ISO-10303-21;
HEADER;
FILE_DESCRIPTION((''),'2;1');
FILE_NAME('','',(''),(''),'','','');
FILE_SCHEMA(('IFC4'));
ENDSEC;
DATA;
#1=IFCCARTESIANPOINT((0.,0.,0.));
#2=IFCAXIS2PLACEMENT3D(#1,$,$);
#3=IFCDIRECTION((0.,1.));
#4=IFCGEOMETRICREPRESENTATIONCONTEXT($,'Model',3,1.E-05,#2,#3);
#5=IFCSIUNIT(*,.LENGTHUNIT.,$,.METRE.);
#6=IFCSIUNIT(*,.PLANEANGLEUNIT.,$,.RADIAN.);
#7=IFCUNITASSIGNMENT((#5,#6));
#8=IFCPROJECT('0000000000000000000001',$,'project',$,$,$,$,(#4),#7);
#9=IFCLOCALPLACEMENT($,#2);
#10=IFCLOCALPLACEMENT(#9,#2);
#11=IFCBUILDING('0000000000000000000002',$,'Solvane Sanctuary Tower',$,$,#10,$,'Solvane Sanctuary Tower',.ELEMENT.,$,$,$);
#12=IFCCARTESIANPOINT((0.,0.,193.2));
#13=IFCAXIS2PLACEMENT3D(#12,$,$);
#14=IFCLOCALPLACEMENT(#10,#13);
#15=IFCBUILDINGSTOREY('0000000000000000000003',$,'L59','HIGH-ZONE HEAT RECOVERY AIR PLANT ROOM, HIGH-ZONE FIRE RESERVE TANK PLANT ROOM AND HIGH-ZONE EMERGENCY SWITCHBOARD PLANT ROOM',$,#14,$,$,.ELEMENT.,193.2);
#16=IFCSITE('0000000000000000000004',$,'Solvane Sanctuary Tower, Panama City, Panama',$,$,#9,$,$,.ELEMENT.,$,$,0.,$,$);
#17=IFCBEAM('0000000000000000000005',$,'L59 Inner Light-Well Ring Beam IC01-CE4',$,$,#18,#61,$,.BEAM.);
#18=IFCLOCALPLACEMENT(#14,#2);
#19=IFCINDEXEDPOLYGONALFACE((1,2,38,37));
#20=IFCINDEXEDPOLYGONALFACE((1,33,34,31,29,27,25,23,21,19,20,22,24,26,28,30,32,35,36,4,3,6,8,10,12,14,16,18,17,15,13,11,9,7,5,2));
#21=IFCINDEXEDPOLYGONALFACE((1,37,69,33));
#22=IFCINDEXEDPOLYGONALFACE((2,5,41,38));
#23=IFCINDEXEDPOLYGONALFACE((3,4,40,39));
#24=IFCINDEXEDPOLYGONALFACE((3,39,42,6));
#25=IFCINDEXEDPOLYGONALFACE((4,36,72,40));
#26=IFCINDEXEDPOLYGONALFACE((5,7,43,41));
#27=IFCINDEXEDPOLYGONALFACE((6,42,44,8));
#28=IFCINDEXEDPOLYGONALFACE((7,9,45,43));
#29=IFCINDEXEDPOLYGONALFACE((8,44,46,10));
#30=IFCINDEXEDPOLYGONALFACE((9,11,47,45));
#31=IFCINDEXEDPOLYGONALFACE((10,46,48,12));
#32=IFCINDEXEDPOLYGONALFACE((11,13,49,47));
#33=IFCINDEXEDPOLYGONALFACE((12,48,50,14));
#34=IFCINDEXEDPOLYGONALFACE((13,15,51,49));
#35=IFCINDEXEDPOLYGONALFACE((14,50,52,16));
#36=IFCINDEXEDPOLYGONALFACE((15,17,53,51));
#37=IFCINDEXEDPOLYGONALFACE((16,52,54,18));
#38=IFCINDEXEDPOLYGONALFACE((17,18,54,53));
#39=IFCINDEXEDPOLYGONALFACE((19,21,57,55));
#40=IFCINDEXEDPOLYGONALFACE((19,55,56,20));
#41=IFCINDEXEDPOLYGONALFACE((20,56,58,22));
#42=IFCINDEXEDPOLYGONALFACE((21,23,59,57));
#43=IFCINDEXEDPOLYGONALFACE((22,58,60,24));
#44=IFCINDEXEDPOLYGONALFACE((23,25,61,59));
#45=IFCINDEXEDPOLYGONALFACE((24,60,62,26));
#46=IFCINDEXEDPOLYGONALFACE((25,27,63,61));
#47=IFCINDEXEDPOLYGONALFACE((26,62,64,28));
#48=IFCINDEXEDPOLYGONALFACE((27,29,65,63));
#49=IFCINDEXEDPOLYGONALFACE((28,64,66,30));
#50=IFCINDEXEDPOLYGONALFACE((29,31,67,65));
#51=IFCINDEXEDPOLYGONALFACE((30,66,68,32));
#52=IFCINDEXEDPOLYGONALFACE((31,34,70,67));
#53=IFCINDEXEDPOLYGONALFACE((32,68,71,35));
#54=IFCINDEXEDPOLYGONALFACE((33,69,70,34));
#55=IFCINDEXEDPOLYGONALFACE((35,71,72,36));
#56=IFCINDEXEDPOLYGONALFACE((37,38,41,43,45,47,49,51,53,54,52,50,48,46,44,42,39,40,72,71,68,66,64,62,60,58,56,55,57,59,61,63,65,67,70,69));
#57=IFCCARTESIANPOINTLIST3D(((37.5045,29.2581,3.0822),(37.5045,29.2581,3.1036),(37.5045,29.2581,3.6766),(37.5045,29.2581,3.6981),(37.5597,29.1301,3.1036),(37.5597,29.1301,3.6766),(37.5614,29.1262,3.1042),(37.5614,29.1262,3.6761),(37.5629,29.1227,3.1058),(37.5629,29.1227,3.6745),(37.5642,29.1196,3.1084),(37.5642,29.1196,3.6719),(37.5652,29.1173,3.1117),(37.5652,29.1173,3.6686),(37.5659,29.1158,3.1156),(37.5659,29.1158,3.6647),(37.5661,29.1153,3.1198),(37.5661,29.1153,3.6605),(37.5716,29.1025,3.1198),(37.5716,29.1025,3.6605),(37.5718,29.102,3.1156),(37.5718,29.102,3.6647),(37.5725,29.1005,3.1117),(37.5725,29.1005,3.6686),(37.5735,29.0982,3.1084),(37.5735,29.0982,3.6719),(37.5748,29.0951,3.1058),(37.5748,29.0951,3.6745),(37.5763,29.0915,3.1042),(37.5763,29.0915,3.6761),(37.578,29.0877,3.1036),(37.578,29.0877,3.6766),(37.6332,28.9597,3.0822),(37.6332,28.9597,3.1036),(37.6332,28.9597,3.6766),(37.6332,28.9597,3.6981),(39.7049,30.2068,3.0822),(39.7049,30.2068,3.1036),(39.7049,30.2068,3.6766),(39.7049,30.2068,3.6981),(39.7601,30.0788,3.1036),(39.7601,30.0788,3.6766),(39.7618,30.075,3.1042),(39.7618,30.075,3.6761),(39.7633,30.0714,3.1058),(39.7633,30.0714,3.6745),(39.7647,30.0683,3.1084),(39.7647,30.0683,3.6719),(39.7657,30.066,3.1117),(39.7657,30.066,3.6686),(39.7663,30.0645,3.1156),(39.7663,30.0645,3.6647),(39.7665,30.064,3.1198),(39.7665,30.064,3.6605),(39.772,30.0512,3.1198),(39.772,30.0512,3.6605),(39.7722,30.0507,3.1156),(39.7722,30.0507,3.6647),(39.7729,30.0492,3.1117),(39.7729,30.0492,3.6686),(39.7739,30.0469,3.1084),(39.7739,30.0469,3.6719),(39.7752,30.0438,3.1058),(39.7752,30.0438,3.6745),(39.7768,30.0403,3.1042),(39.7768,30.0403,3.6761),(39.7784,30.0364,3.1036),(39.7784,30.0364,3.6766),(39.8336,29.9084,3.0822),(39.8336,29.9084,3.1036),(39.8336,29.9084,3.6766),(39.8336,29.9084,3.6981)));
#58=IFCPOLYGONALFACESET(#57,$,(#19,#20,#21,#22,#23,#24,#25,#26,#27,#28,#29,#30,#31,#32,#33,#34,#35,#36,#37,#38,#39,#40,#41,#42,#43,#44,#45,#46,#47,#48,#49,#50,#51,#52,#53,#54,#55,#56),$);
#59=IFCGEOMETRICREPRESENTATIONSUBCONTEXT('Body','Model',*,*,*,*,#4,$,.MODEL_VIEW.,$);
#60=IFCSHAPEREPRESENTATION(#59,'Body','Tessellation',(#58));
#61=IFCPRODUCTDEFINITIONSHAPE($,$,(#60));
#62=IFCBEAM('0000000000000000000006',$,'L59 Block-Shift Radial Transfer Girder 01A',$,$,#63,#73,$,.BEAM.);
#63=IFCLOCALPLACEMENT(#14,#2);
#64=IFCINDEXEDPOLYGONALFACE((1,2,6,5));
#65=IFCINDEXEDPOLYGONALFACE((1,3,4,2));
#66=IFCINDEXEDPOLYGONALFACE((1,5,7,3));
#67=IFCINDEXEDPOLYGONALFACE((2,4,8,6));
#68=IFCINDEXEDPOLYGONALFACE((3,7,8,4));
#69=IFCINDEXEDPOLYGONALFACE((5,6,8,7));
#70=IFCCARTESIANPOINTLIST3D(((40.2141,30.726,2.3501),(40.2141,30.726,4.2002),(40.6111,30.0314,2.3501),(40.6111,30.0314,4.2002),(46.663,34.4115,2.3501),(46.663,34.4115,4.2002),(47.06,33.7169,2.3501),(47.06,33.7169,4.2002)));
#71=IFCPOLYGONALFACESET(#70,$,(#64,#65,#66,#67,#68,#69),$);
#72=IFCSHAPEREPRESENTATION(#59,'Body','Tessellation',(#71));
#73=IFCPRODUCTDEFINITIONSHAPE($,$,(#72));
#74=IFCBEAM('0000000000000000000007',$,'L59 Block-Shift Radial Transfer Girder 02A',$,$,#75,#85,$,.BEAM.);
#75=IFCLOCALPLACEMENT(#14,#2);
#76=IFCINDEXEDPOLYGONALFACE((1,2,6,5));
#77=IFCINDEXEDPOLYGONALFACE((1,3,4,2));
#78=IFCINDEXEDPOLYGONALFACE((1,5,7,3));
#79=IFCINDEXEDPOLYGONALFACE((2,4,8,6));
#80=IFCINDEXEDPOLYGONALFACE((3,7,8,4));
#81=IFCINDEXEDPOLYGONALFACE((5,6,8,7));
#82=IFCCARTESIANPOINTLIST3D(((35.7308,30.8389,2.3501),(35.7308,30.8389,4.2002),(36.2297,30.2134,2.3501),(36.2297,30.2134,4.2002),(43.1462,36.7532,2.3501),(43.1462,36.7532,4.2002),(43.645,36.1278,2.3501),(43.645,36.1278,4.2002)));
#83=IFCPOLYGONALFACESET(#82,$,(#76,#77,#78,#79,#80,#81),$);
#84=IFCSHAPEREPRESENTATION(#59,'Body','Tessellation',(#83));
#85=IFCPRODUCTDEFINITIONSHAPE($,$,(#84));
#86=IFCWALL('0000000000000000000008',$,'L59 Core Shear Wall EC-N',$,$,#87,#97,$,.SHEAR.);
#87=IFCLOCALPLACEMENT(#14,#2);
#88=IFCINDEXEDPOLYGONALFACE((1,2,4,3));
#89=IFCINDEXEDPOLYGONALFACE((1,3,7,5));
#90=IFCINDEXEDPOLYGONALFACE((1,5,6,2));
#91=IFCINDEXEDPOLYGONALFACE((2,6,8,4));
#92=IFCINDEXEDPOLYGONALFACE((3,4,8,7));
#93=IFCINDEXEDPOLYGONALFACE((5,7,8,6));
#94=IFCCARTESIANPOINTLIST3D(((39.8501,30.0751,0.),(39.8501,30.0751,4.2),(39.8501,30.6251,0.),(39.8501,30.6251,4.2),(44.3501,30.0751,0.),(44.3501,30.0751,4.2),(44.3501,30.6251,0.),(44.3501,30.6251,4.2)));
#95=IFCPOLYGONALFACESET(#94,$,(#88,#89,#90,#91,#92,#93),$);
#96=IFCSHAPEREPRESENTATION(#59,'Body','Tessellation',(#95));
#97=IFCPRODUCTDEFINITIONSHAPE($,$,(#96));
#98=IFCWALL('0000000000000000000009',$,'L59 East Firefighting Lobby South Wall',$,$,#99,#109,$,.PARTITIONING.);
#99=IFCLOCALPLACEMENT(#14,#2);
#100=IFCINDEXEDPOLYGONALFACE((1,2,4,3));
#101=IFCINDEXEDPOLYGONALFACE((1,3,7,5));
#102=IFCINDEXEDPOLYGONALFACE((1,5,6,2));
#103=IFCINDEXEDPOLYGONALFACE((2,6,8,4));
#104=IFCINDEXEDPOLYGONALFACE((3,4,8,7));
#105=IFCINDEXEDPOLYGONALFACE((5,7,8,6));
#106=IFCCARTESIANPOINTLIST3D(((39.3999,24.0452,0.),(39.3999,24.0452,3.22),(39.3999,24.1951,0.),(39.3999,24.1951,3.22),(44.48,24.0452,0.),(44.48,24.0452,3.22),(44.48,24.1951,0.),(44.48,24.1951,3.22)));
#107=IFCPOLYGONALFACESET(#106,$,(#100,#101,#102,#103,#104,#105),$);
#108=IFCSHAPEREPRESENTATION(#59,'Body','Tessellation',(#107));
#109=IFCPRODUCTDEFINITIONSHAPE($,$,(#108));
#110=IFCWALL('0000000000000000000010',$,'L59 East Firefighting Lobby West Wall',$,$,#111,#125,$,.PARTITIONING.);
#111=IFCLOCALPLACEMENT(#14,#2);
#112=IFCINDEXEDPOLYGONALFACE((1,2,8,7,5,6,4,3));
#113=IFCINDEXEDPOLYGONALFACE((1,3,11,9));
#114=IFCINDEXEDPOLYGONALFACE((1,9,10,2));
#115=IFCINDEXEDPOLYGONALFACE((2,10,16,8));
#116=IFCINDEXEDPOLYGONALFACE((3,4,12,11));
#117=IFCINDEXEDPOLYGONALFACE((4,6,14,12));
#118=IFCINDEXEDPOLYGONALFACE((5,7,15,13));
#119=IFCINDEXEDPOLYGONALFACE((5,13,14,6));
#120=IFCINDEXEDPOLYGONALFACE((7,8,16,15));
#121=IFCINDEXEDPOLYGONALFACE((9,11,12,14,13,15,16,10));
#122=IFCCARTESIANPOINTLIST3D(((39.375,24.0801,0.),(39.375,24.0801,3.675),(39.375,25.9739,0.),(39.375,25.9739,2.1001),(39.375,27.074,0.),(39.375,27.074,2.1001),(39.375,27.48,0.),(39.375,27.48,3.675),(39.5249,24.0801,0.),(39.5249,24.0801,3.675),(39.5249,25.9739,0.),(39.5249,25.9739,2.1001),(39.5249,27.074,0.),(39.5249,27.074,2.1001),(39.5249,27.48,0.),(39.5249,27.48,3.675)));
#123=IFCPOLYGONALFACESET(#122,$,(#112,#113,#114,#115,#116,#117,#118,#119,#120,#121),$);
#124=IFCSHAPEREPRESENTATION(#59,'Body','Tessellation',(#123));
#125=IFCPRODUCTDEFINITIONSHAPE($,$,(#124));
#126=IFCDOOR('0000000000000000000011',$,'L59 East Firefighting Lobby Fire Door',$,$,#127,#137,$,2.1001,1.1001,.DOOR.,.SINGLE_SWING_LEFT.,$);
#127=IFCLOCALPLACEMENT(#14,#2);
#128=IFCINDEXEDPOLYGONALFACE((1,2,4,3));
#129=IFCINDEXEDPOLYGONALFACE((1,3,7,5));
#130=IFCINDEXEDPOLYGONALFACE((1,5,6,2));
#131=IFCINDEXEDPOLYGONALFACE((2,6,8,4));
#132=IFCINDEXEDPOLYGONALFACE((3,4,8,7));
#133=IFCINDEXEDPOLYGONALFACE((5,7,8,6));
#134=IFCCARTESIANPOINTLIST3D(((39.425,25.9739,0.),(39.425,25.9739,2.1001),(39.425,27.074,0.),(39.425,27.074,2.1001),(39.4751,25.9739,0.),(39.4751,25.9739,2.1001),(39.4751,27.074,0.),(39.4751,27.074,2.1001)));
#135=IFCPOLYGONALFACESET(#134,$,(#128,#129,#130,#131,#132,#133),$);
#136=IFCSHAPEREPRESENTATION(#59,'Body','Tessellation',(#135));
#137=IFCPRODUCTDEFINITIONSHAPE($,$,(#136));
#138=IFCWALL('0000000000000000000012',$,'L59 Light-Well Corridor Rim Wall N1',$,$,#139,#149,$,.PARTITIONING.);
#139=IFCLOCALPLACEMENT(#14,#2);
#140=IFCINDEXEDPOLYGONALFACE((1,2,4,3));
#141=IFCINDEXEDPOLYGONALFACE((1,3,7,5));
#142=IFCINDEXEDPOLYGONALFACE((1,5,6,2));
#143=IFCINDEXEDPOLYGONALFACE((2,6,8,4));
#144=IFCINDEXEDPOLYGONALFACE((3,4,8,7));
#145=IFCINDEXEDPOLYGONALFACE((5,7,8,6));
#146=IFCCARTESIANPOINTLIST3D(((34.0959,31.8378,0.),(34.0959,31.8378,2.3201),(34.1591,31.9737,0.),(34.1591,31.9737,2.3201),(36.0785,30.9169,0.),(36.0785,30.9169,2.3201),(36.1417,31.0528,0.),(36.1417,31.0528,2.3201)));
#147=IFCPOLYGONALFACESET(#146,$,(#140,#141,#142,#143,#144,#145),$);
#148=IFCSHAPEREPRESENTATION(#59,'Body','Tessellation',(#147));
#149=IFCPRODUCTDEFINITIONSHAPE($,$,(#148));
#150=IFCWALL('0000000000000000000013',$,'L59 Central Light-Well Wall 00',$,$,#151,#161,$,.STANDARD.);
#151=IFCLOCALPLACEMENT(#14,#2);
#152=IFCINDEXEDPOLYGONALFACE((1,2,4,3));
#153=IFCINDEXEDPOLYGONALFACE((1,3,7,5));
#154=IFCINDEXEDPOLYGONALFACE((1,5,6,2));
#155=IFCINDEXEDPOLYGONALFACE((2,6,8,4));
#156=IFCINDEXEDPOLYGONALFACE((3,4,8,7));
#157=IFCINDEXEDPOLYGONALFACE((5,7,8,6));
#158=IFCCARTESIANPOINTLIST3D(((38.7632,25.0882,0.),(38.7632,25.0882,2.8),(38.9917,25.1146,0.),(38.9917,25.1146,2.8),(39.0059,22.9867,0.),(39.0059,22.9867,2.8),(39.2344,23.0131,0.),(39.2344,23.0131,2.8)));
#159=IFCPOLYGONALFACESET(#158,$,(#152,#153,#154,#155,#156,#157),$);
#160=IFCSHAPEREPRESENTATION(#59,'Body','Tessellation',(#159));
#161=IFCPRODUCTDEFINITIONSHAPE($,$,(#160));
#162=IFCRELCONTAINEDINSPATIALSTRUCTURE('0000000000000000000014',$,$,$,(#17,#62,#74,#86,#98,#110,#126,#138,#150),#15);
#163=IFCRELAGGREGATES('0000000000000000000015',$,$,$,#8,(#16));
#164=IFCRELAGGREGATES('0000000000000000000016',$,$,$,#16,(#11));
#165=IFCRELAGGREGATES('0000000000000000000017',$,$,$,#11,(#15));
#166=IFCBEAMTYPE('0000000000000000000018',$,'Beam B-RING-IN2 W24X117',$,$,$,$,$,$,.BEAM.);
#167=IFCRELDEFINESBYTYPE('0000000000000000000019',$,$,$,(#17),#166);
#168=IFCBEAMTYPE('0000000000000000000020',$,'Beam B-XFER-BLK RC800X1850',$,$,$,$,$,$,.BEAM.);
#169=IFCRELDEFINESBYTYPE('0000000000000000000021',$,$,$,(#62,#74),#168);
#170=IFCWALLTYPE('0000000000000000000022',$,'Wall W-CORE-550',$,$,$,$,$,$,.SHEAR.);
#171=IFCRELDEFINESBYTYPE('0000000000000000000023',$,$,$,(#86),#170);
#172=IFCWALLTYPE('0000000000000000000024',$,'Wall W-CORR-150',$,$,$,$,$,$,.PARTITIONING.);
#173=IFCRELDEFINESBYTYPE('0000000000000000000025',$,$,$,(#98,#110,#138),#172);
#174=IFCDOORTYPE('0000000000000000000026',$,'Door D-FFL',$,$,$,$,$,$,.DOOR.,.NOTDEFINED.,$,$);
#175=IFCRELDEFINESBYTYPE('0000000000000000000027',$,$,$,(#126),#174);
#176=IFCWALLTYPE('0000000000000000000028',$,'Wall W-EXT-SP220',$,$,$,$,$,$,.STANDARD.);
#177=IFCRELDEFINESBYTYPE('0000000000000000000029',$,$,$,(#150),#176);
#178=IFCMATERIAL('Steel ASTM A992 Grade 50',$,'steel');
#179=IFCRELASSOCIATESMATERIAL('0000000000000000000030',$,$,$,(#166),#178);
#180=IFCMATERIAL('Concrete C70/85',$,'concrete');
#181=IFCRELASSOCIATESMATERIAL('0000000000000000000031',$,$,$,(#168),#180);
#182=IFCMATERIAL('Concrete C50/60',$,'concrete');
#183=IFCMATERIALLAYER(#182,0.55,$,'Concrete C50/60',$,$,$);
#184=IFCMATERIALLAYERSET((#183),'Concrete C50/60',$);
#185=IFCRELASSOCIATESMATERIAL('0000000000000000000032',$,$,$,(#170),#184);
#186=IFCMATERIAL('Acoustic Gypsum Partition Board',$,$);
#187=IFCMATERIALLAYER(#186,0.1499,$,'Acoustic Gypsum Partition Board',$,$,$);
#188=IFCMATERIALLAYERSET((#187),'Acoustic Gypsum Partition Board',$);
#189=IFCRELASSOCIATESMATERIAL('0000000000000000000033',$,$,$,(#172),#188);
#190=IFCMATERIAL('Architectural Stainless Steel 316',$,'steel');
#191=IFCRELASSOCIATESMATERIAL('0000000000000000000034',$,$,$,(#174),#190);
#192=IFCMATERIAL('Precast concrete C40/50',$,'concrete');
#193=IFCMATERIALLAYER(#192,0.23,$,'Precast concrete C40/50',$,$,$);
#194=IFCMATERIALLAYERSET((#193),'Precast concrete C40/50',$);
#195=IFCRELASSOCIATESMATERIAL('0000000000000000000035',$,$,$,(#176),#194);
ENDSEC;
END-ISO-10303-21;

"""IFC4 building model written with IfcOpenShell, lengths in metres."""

from ifc_helpers import new_model, si_unit, direction, frame, frame_2d, origin, origin_2d, place, context, subcontext, project, spatial, rectangle, i_section, extrude, material, layer, layer_set, material_profile, profile_set, type_object, element, fill, save


model = new_model("IFC4")

# Units and contexts
model_context = context("Model", 3, precision=1e-05, world=origin(), true_north=direction((0.0, 1.0)))
body_context = subcontext(model_context, "Body", "Model", "MODEL_VIEW")
ifc_project = project(units=[si_unit("LENGTHUNIT", "METRE"), si_unit("PLANEANGLEUNIT", "RADIAN")], contexts=[model_context])

# Site, building, storey
site_placement = place(None, origin())
site = spatial("IfcSite", under=ifc_project, at=site_placement, Name="Solvane Sanctuary Tower, Panama City, Panama", CompositionType="ELEMENT", RefElevation=0.0)
building_placement = place(site_placement, origin())
building = spatial("IfcBuilding", under=site, at=building_placement, Name="Solvane Sanctuary Tower", LongName="Solvane Sanctuary Tower", CompositionType="ELEMENT")
storey_placement = place(building_placement, frame((0.0, 0.0, 193.2)))
storey = spatial("IfcBuildingStorey", under=building, at=storey_placement, Name="L59", Description="HIGH-ZONE HEAT RECOVERY AIR PLANT ROOM, HIGH-ZONE FIRE RESERVE TANK PLANT ROOM AND HIGH-ZONE EMERGENCY SWITCHBOARD PLANT ROOM", CompositionType="ELEMENT", Elevation=193.2)

# Shared definitions
ifc_material_1 = material(Name="Concrete C50/60", Category="concrete")
ifc_material_2 = material(Name="Concrete C70/85", Category="concrete")

# Beams
ifc_material_3 = material(Name="Steel ASTM A992 Grade 50", Category="steel")
ifc_material_profile_1 = material_profile(ifc_material_3, i_section(OverallWidth=0.325, OverallDepth=0.616, WebThickness=0.0139, FlangeThickness=0.0215, FilletRadius=0.0161, at=origin_2d()), Name="W24X117")
ifc_profile_set_1 = profile_set([ifc_material_profile_1], Name="Steel ASTM A992 Grade 50")
beam_type_1 = type_object("IfcBeamType", Name="Beam B-RING-IN2 W24X117", PredefinedType="BEAM", material=ifc_profile_set_1)
beam_1_placement = place(storey_placement, frame((37.5688, 29.1089, 3.3901), z_axis=(0.918284, 0.395923, 0.0), x_axis=(-0.395923, 0.918284, 0.0)))
element("IfcBeam", 1, at=beam_1_placement, inside=storey, type_object=beam_type_1, Name="L59 Inner Light-Well Ring Beam IC01-CE4", PredefinedType="BEAM", context=body_context, shape_type="SweptSolid", body=[
    extrude(i_section(OverallWidth=0.325, OverallDepth=0.616, WebThickness=0.0139, FlangeThickness=0.0215, FilletRadius=0.0161, at=origin_2d()), origin(), (0.0, 0.0, 1.0), 2.3962),
])
ifc_material_profile_2 = material_profile(ifc_material_2, rectangle(XDim=0.8, YDim=1.8501, at=origin_2d()), Name="RC800X1850")
ifc_profile_set_2 = profile_set([ifc_material_profile_2], Name="Concrete C70/85")
beam_type_2 = type_object("IfcBeamType", Name="Beam B-XFER-BLK RC800X1850", PredefinedType="BEAM", material=ifc_profile_set_2)
beam_2_placement = place(storey_placement, frame((40.4126, 30.3787, 3.2751), z_axis=(0.868219, 0.496181, 0.0), x_axis=(-0.496181, 0.868219, 0.0)))
element("IfcBeam", 2, at=beam_2_placement, inside=storey, type_object=beam_type_2, Name="L59 Block-Shift Radial Transfer Girder 01A", PredefinedType="BEAM", context=body_context, shape_type="SweptSolid", body=[
    extrude(rectangle(XDim=0.8, YDim=1.8501, at=origin_2d()), origin(), (0.0, 0.0, 1.0), 7.4277),
])
beam_3_placement = place(storey_placement, frame((35.9802, 30.5261, 3.2751), z_axis=(0.78179, 0.623542, 0.0), x_axis=(-0.623542, 0.78179, 0.0)))
element("IfcBeam", 3, at=beam_3_placement, inside=storey, type_object=beam_type_2, Name="L59 Block-Shift Radial Transfer Girder 02A", PredefinedType="BEAM", context=body_context, shape_type="SweptSolid", body=[
    extrude(rectangle(XDim=0.8, YDim=1.8501, at=origin_2d()), origin(), (0.0, 0.0, 1.0), 9.4851),
])

# Walls
ifc_layer_1 = layer(ifc_material_1, 0.55, Name="Concrete C50/60")
ifc_layer_set_1 = layer_set([ifc_layer_1], Name="Concrete C50/60")
wall_type_1 = type_object("IfcWallType", Name="Wall W-CORE-550", PredefinedType="SHEAR", material=ifc_layer_set_1)
wall_1_placement = place(storey_placement, frame((39.8501, 30.3501, 0.0), z_axis=(0.0, 0.0, 1.0), x_axis=(1.0, 0.0, 0.0)))
element("IfcWall", 4, at=wall_1_placement, inside=storey, type_object=wall_type_1, Name="L59 Core Shear Wall EC-N", PredefinedType="SHEAR", context=body_context, shape_type="SweptSolid", body=[
    extrude(rectangle(XDim=4.5, YDim=0.55, at=frame_2d((2.25, 0.0))), origin(), (0.0, 0.0, 1.0), 4.2),
])
ifc_material_4 = material(Name="Acoustic Gypsum Partition Board")
ifc_layer_2 = layer(ifc_material_4, 0.1499, Name="Acoustic Gypsum Partition Board")
ifc_layer_set_2 = layer_set([ifc_layer_2], Name="Acoustic Gypsum Partition Board")
wall_type_2 = type_object("IfcWallType", Name="Wall W-CORR-150", PredefinedType="PARTITIONING", material=ifc_layer_set_2)
wall_2_placement = place(storey_placement, frame((39.3999, 24.1201, 0.0), z_axis=(0.0, 0.0, 1.0), x_axis=(1.0, 0.0, 0.0)))
element("IfcWall", 5, at=wall_2_placement, inside=storey, type_object=wall_type_2, Name="L59 East Firefighting Lobby South Wall", PredefinedType="PARTITIONING", context=body_context, shape_type="SweptSolid", body=[
    extrude(rectangle(XDim=5.0801, YDim=0.1499, at=frame_2d((2.54, 0.0))), origin(), (0.0, 0.0, 1.0), 3.22),
])

# Wall, opening, door
wall_3_placement = place(storey_placement, frame((39.45, 24.0801, 0.0), z_axis=(0.0, 0.0, 1.0), x_axis=(0.0, 1.0, 0.0)))
wall_3 = element("IfcWall", 6, at=wall_3_placement, inside=storey, type_object=wall_type_2, Name="L59 East Firefighting Lobby West Wall", PredefinedType="PARTITIONING", context=body_context, shape_type="SweptSolid", body=[
    extrude(rectangle(XDim=3.3999, YDim=0.1499, at=frame_2d((1.7, 0.0))), origin(), (0.0, 0.0, 1.0), 3.675),
])
opening_1_placement = place(wall_3_placement, frame((1.8938, 0.0, 0.0)))
opening_1 = element("IfcOpeningElement", 7, at=opening_1_placement, cuts=wall_3, PredefinedType="OPENING", context=body_context, shape_type="SweptSolid", body=[
    extrude(rectangle(XDim=1.1001, YDim=2.1001, at=frame_2d((0.55, 1.05))), frame((0.0, 0.085, 0.0), z_axis=(0.0, -1.0, 0.0), x_axis=(1.0, 0.0, 0.0)), (0.0, 0.0, 1.0), 0.1699),
])
ifc_material_5 = material(Name="Architectural Stainless Steel 316", Category="steel")
door_type = type_object("IfcDoorType", Name="Door D-FFL", OperationType="NOTDEFINED", PredefinedType="DOOR", material=ifc_material_5)
door_placement = place(opening_1_placement, origin())
door = element("IfcDoor", 8, at=door_placement, inside=storey, type_object=door_type, Name="L59 East Firefighting Lobby Fire Door", OperationType="SINGLE_SWING_LEFT", OverallHeight=2.1001, OverallWidth=1.1001, PredefinedType="DOOR", context=body_context, shape_type="SweptSolid", body=[
    extrude(rectangle(XDim=1.1001, YDim=2.1001, at=frame_2d((0.55, 1.05))), frame((0.0, 0.0249, 0.0), z_axis=(0.0, -1.0, 0.0), x_axis=(1.0, 0.0, 0.0)), (0.0, 0.0, 1.0), 0.05),
])
fill(opening_1, door)

# Walls
wall_4_placement = place(storey_placement, frame((36.1101, 30.9849, 0.0), z_axis=(0.0, 0.0, 1.0), x_axis=(-0.906943, 0.421252, 0.0)))
element("IfcWall", 9, at=wall_4_placement, inside=storey, type_object=wall_type_2, Name="L59 Light-Well Corridor Rim Wall N1", PredefinedType="PARTITIONING", context=body_context, shape_type="SweptSolid", body=[
    extrude(rectangle(XDim=2.186, YDim=0.1499, at=frame_2d((1.093, 0.0))), origin(), (0.0, 0.0, 1.0), 2.3201),
])
ifc_material_6 = material(Name="Precast concrete C40/50", Category="concrete")
ifc_layer_3 = layer(ifc_material_6, 0.23, Name="Precast concrete C40/50")
ifc_layer_set_3 = layer_set([ifc_layer_3], Name="Precast concrete C40/50")
wall_type_3 = type_object("IfcWallType", Name="Wall W-EXT-SP220", PredefinedType="STANDARD", material=ifc_layer_set_3)
wall_5_placement = place(storey_placement, frame((39.1201, 23.0, 0.0), z_axis=(0.0, 0.0, 1.0), x_axis=(-0.114712, 0.993399, 0.0)))
element("IfcWall", 10, at=wall_5_placement, inside=storey, type_object=wall_type_3, Name="L59 Central Light-Well Wall 00", PredefinedType="STANDARD", context=body_context, shape_type="SweptSolid", body=[
    extrude(rectangle(XDim=2.1155, YDim=0.23, at=frame_2d((1.0576, 0.0))), origin(), (0.0, 0.0, 1.0), 2.8),
])

save(model, "model.ifc")
